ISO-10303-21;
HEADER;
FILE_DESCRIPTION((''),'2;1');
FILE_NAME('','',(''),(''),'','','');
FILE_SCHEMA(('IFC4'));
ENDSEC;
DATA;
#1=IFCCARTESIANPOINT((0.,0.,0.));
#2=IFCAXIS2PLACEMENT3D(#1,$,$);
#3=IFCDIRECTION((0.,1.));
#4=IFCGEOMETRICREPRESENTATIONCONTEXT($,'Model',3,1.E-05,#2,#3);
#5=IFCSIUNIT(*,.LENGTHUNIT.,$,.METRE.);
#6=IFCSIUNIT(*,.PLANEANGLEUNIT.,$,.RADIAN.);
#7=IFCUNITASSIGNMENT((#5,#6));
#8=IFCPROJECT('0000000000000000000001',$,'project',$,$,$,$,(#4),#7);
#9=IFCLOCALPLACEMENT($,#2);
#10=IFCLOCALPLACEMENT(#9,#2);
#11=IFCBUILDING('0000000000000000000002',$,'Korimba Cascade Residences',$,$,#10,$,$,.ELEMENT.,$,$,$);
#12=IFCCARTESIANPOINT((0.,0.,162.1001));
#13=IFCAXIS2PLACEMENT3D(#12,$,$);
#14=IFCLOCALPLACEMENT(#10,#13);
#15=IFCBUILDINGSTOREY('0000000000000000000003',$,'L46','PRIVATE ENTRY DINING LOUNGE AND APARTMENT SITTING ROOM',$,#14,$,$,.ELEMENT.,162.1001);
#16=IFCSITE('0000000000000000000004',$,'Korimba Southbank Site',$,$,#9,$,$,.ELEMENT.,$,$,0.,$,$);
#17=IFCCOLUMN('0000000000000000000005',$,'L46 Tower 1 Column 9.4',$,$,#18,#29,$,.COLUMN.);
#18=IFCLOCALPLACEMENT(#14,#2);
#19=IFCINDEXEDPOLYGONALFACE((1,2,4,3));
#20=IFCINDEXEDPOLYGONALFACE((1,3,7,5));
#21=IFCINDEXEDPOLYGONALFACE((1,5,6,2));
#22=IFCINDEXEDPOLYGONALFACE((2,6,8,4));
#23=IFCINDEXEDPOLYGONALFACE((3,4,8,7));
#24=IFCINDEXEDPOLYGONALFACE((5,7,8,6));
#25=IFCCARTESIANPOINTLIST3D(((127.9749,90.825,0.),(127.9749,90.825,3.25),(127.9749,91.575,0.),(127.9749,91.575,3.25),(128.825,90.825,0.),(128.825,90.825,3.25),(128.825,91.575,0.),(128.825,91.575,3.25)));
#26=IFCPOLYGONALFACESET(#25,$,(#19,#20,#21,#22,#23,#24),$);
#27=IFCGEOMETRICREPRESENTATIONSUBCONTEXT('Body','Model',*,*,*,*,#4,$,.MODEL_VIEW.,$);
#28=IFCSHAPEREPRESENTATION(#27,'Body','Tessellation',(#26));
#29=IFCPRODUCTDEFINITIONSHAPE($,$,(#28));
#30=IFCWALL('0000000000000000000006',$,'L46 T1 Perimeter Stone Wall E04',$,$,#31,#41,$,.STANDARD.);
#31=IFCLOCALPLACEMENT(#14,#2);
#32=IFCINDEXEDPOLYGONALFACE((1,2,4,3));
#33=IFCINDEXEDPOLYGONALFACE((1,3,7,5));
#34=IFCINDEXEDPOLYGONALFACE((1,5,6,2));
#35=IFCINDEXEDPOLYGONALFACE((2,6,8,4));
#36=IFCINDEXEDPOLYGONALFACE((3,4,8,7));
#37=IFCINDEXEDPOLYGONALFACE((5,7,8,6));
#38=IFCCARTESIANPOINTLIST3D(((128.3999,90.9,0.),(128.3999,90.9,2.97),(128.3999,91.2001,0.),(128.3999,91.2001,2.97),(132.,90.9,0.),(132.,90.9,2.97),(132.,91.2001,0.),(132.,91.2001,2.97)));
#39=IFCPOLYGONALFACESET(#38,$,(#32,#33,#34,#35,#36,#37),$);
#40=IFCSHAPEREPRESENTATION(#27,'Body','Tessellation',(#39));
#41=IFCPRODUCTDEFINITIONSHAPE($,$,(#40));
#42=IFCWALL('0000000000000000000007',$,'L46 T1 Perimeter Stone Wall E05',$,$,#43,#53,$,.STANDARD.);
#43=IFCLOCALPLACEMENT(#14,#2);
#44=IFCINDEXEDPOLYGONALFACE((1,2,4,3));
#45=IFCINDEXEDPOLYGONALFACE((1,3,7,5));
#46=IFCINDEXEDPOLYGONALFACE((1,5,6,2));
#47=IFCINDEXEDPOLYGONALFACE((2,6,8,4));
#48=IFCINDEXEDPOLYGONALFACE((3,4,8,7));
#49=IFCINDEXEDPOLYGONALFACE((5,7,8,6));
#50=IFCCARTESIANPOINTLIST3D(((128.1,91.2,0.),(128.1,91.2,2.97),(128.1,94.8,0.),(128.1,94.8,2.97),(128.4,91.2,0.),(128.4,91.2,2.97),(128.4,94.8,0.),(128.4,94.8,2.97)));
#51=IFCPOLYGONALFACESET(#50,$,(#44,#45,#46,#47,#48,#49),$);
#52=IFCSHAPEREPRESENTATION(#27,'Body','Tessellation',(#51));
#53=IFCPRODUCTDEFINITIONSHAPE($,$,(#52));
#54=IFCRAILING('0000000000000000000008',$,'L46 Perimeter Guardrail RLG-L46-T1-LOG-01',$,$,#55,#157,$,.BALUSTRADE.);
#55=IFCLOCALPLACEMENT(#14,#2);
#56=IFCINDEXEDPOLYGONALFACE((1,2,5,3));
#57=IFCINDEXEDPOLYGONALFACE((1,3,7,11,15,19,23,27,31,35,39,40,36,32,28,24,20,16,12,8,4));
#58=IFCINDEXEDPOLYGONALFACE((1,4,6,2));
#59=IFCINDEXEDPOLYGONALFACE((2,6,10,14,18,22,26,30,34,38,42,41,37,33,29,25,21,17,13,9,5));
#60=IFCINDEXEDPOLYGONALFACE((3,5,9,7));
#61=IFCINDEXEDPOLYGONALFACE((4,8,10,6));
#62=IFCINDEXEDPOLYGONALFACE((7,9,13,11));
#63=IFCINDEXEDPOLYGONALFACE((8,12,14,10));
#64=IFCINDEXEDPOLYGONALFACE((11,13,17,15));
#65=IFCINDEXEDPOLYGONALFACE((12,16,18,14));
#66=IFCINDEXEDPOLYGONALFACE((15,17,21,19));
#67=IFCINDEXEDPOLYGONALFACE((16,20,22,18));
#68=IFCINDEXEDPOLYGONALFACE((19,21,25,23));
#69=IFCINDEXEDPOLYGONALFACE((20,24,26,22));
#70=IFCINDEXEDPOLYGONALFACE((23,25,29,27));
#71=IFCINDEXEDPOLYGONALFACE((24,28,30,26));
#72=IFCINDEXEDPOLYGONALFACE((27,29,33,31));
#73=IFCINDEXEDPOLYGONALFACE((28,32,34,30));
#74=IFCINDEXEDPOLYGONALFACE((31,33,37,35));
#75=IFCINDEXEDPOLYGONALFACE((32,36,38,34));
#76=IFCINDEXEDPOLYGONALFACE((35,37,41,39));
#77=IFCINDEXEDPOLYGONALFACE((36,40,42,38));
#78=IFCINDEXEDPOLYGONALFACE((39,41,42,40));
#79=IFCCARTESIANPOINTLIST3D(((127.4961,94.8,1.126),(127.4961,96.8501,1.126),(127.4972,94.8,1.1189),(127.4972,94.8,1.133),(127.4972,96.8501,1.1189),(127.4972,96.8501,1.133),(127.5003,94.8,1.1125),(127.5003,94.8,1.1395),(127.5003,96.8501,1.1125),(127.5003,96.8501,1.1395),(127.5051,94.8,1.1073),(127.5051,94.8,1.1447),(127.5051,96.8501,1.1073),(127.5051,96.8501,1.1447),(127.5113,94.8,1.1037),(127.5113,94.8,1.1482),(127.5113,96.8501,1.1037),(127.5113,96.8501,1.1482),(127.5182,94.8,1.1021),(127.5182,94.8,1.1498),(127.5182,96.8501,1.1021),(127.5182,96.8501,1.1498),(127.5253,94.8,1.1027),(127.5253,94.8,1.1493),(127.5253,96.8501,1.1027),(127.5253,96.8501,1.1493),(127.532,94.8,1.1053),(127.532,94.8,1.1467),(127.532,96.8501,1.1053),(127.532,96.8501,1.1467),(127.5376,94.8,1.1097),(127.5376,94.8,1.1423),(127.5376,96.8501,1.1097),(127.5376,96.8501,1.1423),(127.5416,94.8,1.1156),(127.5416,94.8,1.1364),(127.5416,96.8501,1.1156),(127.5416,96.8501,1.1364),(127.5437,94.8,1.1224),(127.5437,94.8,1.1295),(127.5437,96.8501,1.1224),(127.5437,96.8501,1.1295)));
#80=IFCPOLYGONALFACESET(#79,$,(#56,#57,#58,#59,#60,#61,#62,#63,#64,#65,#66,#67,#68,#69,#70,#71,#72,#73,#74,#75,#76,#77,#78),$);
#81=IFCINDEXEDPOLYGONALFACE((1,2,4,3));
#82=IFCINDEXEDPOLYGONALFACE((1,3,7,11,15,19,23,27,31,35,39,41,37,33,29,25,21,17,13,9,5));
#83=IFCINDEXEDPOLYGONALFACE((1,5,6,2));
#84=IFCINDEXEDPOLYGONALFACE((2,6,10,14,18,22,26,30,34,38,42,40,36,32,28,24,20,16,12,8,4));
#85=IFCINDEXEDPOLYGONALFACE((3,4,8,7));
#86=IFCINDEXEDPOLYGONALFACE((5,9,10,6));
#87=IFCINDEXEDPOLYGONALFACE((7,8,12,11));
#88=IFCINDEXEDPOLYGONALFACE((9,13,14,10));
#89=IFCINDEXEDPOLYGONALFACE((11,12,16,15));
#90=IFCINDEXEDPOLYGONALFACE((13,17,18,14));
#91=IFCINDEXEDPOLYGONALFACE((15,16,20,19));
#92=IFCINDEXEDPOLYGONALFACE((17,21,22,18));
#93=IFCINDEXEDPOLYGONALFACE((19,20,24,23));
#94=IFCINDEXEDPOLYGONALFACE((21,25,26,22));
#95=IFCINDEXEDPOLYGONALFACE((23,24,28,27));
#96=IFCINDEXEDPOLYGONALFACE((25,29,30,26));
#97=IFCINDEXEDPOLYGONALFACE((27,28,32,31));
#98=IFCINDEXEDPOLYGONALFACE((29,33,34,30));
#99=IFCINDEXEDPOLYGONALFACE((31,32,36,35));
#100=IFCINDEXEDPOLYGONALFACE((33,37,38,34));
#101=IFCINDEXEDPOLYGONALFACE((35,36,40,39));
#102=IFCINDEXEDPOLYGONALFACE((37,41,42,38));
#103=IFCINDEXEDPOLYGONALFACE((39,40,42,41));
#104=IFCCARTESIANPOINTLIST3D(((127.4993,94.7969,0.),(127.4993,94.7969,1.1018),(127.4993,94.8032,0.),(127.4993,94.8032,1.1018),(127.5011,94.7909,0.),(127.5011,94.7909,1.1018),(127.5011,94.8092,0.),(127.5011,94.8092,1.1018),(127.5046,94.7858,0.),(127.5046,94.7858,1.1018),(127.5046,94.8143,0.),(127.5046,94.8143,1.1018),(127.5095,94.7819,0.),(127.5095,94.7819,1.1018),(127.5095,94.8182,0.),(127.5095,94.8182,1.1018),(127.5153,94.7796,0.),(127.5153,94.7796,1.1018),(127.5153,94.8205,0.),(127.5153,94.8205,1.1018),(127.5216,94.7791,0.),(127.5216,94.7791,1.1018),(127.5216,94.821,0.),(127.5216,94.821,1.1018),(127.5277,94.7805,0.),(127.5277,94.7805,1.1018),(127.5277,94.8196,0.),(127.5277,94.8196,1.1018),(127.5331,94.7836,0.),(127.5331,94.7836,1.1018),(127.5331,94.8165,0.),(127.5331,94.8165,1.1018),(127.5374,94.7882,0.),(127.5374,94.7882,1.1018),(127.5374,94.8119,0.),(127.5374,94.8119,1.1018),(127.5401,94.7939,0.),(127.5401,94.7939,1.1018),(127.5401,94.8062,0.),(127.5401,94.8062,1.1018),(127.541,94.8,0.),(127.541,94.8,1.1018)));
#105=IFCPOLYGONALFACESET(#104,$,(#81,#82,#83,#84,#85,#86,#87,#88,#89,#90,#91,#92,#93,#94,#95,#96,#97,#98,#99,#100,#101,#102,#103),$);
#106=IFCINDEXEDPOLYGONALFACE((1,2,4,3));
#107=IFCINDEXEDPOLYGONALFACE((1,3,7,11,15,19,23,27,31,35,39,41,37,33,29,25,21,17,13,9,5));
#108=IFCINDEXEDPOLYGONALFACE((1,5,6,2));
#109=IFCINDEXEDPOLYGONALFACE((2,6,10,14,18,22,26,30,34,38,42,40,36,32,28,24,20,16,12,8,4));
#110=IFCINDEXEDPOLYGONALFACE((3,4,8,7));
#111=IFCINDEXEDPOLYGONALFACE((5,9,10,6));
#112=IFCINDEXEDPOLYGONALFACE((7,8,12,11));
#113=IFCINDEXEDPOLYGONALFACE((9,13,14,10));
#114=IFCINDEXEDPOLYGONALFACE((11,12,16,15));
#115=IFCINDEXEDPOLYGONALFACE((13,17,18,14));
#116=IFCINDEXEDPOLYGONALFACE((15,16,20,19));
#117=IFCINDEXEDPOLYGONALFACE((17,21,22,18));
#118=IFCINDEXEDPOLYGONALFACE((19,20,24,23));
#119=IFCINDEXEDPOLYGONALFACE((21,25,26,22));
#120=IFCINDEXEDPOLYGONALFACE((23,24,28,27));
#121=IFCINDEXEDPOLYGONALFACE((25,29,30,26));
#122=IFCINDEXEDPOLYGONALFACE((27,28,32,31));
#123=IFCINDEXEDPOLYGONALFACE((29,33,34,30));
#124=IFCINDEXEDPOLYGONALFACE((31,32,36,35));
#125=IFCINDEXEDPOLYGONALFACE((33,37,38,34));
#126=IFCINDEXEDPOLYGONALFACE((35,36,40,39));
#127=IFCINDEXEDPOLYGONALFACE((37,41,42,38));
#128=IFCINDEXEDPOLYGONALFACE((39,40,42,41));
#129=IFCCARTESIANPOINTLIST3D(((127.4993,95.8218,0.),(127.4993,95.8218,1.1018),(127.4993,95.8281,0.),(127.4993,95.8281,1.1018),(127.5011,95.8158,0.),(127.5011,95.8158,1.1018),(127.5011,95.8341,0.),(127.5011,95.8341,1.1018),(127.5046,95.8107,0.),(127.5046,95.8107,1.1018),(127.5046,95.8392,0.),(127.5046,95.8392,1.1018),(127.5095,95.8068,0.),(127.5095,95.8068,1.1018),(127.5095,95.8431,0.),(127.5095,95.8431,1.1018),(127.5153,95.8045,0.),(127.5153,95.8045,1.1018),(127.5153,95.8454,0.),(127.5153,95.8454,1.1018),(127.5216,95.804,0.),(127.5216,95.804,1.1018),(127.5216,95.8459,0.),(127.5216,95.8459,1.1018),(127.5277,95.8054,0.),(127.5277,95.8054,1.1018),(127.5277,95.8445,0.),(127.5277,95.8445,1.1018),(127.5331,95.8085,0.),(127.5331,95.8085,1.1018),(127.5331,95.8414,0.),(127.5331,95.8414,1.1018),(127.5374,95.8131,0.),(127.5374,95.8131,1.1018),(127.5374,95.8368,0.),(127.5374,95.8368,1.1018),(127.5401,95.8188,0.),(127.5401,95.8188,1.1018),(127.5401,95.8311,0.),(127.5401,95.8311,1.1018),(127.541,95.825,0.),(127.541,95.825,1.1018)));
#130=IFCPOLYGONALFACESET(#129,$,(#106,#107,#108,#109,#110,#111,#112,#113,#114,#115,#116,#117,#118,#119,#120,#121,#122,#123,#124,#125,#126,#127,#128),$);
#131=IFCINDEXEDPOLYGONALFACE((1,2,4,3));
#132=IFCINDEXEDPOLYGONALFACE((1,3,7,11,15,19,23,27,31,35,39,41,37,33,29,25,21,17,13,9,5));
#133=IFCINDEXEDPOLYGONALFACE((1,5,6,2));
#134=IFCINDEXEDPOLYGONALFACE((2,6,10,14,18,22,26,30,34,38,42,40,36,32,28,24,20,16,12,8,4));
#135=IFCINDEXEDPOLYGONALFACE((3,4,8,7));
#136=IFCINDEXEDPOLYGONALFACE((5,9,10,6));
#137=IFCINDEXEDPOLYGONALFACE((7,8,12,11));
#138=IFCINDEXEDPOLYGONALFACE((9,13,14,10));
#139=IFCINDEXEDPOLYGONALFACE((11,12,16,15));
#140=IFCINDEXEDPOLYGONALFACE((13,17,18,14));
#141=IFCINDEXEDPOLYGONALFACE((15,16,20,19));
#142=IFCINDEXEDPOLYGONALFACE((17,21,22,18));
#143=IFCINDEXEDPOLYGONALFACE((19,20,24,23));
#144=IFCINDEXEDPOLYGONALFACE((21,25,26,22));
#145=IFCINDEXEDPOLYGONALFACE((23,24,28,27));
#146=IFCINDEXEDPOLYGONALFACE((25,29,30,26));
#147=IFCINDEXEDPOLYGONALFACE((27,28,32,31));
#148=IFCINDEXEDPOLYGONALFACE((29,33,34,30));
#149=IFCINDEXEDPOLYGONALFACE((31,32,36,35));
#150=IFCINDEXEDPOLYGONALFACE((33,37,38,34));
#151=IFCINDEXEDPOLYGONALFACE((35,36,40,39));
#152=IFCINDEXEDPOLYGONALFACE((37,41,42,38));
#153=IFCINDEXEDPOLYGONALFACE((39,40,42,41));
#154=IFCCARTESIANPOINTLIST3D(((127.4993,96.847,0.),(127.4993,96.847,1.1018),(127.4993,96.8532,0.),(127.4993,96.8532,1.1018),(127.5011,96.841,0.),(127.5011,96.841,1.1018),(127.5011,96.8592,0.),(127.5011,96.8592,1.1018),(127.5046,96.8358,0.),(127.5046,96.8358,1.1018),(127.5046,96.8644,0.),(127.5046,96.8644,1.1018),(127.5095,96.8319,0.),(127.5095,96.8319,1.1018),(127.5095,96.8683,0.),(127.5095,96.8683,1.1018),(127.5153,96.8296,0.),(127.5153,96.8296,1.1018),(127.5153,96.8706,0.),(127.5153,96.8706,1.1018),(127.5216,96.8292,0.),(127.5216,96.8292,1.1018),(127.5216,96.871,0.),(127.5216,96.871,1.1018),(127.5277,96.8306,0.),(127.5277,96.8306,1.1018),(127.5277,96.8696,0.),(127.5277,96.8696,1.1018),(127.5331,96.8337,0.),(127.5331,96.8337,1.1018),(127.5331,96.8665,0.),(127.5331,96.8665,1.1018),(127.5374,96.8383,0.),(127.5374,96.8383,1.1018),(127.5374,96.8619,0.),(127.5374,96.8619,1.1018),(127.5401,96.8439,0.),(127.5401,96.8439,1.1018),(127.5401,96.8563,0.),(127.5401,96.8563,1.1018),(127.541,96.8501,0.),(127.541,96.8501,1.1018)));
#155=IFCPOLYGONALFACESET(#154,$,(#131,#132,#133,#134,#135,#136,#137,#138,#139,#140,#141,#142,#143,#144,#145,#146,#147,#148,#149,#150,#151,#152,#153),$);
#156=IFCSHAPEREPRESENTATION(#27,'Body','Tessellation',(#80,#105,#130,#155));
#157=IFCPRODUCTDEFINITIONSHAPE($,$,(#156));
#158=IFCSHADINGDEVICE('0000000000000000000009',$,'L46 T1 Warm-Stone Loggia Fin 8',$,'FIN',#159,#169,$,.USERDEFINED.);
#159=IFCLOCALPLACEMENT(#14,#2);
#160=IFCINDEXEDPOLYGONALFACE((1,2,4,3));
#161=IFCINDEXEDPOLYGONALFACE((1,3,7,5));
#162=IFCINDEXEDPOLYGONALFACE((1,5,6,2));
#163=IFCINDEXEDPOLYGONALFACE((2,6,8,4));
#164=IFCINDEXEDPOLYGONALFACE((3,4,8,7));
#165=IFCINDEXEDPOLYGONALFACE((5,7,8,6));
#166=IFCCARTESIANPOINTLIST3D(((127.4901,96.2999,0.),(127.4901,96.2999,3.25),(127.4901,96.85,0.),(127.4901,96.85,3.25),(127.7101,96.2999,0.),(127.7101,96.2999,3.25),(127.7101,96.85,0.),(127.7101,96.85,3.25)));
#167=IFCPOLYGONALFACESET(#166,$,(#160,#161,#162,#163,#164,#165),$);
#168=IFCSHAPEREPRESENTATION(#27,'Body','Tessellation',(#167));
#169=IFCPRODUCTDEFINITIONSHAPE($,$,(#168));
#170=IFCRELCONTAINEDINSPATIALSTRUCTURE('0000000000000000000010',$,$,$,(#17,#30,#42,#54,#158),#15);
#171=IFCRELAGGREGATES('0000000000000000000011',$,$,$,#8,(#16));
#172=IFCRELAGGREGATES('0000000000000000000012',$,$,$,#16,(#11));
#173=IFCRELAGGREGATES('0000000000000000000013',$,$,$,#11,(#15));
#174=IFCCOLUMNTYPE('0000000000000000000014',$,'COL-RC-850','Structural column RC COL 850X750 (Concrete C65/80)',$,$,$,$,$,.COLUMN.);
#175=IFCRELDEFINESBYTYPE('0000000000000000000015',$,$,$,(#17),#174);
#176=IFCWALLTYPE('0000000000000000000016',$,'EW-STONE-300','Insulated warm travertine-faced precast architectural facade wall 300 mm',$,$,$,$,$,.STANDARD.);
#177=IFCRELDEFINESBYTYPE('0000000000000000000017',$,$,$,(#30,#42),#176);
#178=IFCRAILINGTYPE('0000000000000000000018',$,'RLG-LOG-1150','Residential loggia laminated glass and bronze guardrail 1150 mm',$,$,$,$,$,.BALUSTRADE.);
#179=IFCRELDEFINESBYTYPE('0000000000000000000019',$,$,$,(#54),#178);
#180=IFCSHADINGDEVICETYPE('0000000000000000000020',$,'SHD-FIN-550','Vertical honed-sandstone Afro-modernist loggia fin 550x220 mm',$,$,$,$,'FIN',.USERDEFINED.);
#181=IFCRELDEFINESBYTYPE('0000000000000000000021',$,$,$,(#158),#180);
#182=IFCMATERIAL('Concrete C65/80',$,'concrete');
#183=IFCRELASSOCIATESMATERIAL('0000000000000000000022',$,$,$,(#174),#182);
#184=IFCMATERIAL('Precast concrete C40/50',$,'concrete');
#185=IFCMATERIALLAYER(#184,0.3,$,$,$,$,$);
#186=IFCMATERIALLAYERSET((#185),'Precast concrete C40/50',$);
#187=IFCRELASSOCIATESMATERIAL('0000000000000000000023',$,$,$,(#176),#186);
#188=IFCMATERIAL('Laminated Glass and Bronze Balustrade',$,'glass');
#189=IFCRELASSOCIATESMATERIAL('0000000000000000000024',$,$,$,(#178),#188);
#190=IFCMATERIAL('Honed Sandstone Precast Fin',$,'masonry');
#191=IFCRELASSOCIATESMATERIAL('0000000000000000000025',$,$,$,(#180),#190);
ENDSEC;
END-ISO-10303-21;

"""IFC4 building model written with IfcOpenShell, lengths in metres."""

from ifc_helpers import new_model, si_unit, direction, frame, frame_2d, origin, origin_2d, place, context, subcontext, project, spatial, rectangle, circle, extrude, material, layer, layer_set, material_profile, profile_set, type_object, element, save


model = new_model("IFC4")

# Units and contexts
model_context = context("Model", 3, precision=1e-05, world=origin(), true_north=direction((0.0, 1.0)))
body_context = subcontext(model_context, "Body", "Model", "MODEL_VIEW")
ifc_project = project(units=[si_unit("LENGTHUNIT", "METRE"), si_unit("PLANEANGLEUNIT", "RADIAN")], contexts=[model_context])

# Site, building, storey
site_placement = place(None, origin())
site = spatial("IfcSite", under=ifc_project, at=site_placement, Name="Korimba Southbank Site", CompositionType="ELEMENT", RefElevation=0.0)
building_placement = place(site_placement, origin())
building = spatial("IfcBuilding", under=site, at=building_placement, Name="Korimba Cascade Residences", CompositionType="ELEMENT")
storey_placement = place(building_placement, frame((0.0, 0.0, 162.1001)))
storey = spatial("IfcBuildingStorey", under=building, at=storey_placement, Name="L46", Description="PRIVATE ENTRY DINING LOUNGE AND APARTMENT SITTING ROOM", CompositionType="ELEMENT", Elevation=162.1001)

# Column
ifc_material_1 = material(Name="Concrete C65/80", Category="concrete")
ifc_material_profile = material_profile(ifc_material_1, rectangle(XDim=0.8501, YDim=0.75, at=origin_2d()), Name="Concrete C65/80")
ifc_profile_set = profile_set([ifc_material_profile], Name="Concrete C65/80")
column_type = type_object("IfcColumnType", Name="COL-RC-850", Description="Structural column RC COL 850X750 (Concrete C65/80)", PredefinedType="COLUMN", material=ifc_profile_set)
column_placement = place(storey_placement, frame((128.3999, 91.2, 0.0), z_axis=(0.0, 0.0, 1.0), x_axis=(1.0, 0.0, 0.0)))
element("IfcColumn", 1, at=column_placement, inside=storey, type_object=column_type, Name="L46 Tower 1 Column 9.4", PredefinedType="COLUMN", context=body_context, shape_type="SweptSolid", body=[
    extrude(rectangle(XDim=0.8501, YDim=0.75, at=origin_2d()), origin(), (0.0, 0.0, 1.0), 3.25),
])

# Shared definitions
ifc_material_2 = material(Name="Precast concrete C40/50", Category="concrete")

# Walls
ifc_layer_1 = layer(ifc_material_2, 0.3)
ifc_layer_set_1 = layer_set([ifc_layer_1], Name="Precast concrete C40/50")
wall_type_1 = type_object("IfcWallType", Name="EW-STONE-300", Description="Insulated warm travertine-faced precast architectural facade wall 300 mm", PredefinedType="STANDARD", material=ifc_layer_set_1)
for number, where, z_axis, x_axis, name in (
    (2, (132.0, 91.05, 0.0), (0.0, 0.0, 1.0), (-1.0, 0.0, 0.0), "L46 T1 Perimeter Stone Wall E04"),
    (3, (128.25, 91.2, 0.0), (0.0, 0.0, 1.0), (0.0, 1.0, 0.0), "L46 T1 Perimeter Stone Wall E05"),
):
    element("IfcWall", number, at=place(storey_placement, frame(where, z_axis=z_axis, x_axis=x_axis)), inside=storey, type_object=wall_type_1, Name=name, PredefinedType="STANDARD", context=body_context, shape_type="SweptSolid", body=[
        extrude(rectangle(XDim=3.6001, YDim=0.3, at=frame_2d((1.8, 0.0))), origin(), (0.0, 0.0, 1.0), 2.97),
    ])

# Railing
ifc_material_3 = material(Name="Laminated Glass and Bronze Balustrade", Category="glass")
railing_type = type_object("IfcRailingType", Name="RLG-LOG-1150", Description="Residential loggia laminated glass and bronze guardrail 1150 mm", PredefinedType="BALUSTRADE", material=ifc_material_3)
railing_1_placement = place(storey_placement, frame((127.52, 94.8, 0.0)))
element("IfcRailing", 4, at=railing_1_placement, inside=storey, type_object=railing_type, Name="L46 Perimeter Guardrail RLG-L46-T1-LOG-01", PredefinedType="BALUSTRADE", context=body_context, shape_type="SweptSolid", body=[
    extrude(circle(Radius=0.0239, at=origin_2d()), frame((0.0, 0.0, 1.126), z_axis=(0.0, 1.0, 0.0), x_axis=(-1.0, 0.0, 0.0)), (0.0, 0.0, 1.0), 2.05),
    extrude(circle(Radius=0.021, at=origin_2d()), origin(), (0.0, 0.0, 1.0), 1.1018),
    extrude(circle(Radius=0.021, at=origin_2d()), frame((0.0, 1.0249, 0.0)), (0.0, 0.0, 1.0), 1.1018),
    extrude(circle(Radius=0.021, at=origin_2d()), frame((0.0, 2.05, 0.0)), (0.0, 0.0, 1.0), 1.1018),
])

# Shading device
ifc_material_4 = material(Name="Honed Sandstone Precast Fin", Category="masonry")
shading_device_type = type_object("IfcShadingDeviceType", Name="SHD-FIN-550", Description="Vertical honed-sandstone Afro-modernist loggia fin 550x220 mm", ElementType="FIN", PredefinedType="USERDEFINED", material=ifc_material_4)
shading_device_placement = place(storey_placement, frame((127.6001, 96.575, 0.0), z_axis=(0.0, 0.0, 1.0), x_axis=(1.0, 0.0, 0.0)))
element("IfcShadingDevice", 5, at=shading_device_placement, inside=storey, type_object=shading_device_type, Name="L46 T1 Warm-Stone Loggia Fin 8", ObjectType="FIN", PredefinedType="USERDEFINED", context=body_context, shape_type="SweptSolid", body=[
    extrude(rectangle(XDim=0.22, YDim=0.55, at=origin_2d()), origin(), (0.0, 0.0, 1.0), 3.25),
])

save(model, "model.ifc")
